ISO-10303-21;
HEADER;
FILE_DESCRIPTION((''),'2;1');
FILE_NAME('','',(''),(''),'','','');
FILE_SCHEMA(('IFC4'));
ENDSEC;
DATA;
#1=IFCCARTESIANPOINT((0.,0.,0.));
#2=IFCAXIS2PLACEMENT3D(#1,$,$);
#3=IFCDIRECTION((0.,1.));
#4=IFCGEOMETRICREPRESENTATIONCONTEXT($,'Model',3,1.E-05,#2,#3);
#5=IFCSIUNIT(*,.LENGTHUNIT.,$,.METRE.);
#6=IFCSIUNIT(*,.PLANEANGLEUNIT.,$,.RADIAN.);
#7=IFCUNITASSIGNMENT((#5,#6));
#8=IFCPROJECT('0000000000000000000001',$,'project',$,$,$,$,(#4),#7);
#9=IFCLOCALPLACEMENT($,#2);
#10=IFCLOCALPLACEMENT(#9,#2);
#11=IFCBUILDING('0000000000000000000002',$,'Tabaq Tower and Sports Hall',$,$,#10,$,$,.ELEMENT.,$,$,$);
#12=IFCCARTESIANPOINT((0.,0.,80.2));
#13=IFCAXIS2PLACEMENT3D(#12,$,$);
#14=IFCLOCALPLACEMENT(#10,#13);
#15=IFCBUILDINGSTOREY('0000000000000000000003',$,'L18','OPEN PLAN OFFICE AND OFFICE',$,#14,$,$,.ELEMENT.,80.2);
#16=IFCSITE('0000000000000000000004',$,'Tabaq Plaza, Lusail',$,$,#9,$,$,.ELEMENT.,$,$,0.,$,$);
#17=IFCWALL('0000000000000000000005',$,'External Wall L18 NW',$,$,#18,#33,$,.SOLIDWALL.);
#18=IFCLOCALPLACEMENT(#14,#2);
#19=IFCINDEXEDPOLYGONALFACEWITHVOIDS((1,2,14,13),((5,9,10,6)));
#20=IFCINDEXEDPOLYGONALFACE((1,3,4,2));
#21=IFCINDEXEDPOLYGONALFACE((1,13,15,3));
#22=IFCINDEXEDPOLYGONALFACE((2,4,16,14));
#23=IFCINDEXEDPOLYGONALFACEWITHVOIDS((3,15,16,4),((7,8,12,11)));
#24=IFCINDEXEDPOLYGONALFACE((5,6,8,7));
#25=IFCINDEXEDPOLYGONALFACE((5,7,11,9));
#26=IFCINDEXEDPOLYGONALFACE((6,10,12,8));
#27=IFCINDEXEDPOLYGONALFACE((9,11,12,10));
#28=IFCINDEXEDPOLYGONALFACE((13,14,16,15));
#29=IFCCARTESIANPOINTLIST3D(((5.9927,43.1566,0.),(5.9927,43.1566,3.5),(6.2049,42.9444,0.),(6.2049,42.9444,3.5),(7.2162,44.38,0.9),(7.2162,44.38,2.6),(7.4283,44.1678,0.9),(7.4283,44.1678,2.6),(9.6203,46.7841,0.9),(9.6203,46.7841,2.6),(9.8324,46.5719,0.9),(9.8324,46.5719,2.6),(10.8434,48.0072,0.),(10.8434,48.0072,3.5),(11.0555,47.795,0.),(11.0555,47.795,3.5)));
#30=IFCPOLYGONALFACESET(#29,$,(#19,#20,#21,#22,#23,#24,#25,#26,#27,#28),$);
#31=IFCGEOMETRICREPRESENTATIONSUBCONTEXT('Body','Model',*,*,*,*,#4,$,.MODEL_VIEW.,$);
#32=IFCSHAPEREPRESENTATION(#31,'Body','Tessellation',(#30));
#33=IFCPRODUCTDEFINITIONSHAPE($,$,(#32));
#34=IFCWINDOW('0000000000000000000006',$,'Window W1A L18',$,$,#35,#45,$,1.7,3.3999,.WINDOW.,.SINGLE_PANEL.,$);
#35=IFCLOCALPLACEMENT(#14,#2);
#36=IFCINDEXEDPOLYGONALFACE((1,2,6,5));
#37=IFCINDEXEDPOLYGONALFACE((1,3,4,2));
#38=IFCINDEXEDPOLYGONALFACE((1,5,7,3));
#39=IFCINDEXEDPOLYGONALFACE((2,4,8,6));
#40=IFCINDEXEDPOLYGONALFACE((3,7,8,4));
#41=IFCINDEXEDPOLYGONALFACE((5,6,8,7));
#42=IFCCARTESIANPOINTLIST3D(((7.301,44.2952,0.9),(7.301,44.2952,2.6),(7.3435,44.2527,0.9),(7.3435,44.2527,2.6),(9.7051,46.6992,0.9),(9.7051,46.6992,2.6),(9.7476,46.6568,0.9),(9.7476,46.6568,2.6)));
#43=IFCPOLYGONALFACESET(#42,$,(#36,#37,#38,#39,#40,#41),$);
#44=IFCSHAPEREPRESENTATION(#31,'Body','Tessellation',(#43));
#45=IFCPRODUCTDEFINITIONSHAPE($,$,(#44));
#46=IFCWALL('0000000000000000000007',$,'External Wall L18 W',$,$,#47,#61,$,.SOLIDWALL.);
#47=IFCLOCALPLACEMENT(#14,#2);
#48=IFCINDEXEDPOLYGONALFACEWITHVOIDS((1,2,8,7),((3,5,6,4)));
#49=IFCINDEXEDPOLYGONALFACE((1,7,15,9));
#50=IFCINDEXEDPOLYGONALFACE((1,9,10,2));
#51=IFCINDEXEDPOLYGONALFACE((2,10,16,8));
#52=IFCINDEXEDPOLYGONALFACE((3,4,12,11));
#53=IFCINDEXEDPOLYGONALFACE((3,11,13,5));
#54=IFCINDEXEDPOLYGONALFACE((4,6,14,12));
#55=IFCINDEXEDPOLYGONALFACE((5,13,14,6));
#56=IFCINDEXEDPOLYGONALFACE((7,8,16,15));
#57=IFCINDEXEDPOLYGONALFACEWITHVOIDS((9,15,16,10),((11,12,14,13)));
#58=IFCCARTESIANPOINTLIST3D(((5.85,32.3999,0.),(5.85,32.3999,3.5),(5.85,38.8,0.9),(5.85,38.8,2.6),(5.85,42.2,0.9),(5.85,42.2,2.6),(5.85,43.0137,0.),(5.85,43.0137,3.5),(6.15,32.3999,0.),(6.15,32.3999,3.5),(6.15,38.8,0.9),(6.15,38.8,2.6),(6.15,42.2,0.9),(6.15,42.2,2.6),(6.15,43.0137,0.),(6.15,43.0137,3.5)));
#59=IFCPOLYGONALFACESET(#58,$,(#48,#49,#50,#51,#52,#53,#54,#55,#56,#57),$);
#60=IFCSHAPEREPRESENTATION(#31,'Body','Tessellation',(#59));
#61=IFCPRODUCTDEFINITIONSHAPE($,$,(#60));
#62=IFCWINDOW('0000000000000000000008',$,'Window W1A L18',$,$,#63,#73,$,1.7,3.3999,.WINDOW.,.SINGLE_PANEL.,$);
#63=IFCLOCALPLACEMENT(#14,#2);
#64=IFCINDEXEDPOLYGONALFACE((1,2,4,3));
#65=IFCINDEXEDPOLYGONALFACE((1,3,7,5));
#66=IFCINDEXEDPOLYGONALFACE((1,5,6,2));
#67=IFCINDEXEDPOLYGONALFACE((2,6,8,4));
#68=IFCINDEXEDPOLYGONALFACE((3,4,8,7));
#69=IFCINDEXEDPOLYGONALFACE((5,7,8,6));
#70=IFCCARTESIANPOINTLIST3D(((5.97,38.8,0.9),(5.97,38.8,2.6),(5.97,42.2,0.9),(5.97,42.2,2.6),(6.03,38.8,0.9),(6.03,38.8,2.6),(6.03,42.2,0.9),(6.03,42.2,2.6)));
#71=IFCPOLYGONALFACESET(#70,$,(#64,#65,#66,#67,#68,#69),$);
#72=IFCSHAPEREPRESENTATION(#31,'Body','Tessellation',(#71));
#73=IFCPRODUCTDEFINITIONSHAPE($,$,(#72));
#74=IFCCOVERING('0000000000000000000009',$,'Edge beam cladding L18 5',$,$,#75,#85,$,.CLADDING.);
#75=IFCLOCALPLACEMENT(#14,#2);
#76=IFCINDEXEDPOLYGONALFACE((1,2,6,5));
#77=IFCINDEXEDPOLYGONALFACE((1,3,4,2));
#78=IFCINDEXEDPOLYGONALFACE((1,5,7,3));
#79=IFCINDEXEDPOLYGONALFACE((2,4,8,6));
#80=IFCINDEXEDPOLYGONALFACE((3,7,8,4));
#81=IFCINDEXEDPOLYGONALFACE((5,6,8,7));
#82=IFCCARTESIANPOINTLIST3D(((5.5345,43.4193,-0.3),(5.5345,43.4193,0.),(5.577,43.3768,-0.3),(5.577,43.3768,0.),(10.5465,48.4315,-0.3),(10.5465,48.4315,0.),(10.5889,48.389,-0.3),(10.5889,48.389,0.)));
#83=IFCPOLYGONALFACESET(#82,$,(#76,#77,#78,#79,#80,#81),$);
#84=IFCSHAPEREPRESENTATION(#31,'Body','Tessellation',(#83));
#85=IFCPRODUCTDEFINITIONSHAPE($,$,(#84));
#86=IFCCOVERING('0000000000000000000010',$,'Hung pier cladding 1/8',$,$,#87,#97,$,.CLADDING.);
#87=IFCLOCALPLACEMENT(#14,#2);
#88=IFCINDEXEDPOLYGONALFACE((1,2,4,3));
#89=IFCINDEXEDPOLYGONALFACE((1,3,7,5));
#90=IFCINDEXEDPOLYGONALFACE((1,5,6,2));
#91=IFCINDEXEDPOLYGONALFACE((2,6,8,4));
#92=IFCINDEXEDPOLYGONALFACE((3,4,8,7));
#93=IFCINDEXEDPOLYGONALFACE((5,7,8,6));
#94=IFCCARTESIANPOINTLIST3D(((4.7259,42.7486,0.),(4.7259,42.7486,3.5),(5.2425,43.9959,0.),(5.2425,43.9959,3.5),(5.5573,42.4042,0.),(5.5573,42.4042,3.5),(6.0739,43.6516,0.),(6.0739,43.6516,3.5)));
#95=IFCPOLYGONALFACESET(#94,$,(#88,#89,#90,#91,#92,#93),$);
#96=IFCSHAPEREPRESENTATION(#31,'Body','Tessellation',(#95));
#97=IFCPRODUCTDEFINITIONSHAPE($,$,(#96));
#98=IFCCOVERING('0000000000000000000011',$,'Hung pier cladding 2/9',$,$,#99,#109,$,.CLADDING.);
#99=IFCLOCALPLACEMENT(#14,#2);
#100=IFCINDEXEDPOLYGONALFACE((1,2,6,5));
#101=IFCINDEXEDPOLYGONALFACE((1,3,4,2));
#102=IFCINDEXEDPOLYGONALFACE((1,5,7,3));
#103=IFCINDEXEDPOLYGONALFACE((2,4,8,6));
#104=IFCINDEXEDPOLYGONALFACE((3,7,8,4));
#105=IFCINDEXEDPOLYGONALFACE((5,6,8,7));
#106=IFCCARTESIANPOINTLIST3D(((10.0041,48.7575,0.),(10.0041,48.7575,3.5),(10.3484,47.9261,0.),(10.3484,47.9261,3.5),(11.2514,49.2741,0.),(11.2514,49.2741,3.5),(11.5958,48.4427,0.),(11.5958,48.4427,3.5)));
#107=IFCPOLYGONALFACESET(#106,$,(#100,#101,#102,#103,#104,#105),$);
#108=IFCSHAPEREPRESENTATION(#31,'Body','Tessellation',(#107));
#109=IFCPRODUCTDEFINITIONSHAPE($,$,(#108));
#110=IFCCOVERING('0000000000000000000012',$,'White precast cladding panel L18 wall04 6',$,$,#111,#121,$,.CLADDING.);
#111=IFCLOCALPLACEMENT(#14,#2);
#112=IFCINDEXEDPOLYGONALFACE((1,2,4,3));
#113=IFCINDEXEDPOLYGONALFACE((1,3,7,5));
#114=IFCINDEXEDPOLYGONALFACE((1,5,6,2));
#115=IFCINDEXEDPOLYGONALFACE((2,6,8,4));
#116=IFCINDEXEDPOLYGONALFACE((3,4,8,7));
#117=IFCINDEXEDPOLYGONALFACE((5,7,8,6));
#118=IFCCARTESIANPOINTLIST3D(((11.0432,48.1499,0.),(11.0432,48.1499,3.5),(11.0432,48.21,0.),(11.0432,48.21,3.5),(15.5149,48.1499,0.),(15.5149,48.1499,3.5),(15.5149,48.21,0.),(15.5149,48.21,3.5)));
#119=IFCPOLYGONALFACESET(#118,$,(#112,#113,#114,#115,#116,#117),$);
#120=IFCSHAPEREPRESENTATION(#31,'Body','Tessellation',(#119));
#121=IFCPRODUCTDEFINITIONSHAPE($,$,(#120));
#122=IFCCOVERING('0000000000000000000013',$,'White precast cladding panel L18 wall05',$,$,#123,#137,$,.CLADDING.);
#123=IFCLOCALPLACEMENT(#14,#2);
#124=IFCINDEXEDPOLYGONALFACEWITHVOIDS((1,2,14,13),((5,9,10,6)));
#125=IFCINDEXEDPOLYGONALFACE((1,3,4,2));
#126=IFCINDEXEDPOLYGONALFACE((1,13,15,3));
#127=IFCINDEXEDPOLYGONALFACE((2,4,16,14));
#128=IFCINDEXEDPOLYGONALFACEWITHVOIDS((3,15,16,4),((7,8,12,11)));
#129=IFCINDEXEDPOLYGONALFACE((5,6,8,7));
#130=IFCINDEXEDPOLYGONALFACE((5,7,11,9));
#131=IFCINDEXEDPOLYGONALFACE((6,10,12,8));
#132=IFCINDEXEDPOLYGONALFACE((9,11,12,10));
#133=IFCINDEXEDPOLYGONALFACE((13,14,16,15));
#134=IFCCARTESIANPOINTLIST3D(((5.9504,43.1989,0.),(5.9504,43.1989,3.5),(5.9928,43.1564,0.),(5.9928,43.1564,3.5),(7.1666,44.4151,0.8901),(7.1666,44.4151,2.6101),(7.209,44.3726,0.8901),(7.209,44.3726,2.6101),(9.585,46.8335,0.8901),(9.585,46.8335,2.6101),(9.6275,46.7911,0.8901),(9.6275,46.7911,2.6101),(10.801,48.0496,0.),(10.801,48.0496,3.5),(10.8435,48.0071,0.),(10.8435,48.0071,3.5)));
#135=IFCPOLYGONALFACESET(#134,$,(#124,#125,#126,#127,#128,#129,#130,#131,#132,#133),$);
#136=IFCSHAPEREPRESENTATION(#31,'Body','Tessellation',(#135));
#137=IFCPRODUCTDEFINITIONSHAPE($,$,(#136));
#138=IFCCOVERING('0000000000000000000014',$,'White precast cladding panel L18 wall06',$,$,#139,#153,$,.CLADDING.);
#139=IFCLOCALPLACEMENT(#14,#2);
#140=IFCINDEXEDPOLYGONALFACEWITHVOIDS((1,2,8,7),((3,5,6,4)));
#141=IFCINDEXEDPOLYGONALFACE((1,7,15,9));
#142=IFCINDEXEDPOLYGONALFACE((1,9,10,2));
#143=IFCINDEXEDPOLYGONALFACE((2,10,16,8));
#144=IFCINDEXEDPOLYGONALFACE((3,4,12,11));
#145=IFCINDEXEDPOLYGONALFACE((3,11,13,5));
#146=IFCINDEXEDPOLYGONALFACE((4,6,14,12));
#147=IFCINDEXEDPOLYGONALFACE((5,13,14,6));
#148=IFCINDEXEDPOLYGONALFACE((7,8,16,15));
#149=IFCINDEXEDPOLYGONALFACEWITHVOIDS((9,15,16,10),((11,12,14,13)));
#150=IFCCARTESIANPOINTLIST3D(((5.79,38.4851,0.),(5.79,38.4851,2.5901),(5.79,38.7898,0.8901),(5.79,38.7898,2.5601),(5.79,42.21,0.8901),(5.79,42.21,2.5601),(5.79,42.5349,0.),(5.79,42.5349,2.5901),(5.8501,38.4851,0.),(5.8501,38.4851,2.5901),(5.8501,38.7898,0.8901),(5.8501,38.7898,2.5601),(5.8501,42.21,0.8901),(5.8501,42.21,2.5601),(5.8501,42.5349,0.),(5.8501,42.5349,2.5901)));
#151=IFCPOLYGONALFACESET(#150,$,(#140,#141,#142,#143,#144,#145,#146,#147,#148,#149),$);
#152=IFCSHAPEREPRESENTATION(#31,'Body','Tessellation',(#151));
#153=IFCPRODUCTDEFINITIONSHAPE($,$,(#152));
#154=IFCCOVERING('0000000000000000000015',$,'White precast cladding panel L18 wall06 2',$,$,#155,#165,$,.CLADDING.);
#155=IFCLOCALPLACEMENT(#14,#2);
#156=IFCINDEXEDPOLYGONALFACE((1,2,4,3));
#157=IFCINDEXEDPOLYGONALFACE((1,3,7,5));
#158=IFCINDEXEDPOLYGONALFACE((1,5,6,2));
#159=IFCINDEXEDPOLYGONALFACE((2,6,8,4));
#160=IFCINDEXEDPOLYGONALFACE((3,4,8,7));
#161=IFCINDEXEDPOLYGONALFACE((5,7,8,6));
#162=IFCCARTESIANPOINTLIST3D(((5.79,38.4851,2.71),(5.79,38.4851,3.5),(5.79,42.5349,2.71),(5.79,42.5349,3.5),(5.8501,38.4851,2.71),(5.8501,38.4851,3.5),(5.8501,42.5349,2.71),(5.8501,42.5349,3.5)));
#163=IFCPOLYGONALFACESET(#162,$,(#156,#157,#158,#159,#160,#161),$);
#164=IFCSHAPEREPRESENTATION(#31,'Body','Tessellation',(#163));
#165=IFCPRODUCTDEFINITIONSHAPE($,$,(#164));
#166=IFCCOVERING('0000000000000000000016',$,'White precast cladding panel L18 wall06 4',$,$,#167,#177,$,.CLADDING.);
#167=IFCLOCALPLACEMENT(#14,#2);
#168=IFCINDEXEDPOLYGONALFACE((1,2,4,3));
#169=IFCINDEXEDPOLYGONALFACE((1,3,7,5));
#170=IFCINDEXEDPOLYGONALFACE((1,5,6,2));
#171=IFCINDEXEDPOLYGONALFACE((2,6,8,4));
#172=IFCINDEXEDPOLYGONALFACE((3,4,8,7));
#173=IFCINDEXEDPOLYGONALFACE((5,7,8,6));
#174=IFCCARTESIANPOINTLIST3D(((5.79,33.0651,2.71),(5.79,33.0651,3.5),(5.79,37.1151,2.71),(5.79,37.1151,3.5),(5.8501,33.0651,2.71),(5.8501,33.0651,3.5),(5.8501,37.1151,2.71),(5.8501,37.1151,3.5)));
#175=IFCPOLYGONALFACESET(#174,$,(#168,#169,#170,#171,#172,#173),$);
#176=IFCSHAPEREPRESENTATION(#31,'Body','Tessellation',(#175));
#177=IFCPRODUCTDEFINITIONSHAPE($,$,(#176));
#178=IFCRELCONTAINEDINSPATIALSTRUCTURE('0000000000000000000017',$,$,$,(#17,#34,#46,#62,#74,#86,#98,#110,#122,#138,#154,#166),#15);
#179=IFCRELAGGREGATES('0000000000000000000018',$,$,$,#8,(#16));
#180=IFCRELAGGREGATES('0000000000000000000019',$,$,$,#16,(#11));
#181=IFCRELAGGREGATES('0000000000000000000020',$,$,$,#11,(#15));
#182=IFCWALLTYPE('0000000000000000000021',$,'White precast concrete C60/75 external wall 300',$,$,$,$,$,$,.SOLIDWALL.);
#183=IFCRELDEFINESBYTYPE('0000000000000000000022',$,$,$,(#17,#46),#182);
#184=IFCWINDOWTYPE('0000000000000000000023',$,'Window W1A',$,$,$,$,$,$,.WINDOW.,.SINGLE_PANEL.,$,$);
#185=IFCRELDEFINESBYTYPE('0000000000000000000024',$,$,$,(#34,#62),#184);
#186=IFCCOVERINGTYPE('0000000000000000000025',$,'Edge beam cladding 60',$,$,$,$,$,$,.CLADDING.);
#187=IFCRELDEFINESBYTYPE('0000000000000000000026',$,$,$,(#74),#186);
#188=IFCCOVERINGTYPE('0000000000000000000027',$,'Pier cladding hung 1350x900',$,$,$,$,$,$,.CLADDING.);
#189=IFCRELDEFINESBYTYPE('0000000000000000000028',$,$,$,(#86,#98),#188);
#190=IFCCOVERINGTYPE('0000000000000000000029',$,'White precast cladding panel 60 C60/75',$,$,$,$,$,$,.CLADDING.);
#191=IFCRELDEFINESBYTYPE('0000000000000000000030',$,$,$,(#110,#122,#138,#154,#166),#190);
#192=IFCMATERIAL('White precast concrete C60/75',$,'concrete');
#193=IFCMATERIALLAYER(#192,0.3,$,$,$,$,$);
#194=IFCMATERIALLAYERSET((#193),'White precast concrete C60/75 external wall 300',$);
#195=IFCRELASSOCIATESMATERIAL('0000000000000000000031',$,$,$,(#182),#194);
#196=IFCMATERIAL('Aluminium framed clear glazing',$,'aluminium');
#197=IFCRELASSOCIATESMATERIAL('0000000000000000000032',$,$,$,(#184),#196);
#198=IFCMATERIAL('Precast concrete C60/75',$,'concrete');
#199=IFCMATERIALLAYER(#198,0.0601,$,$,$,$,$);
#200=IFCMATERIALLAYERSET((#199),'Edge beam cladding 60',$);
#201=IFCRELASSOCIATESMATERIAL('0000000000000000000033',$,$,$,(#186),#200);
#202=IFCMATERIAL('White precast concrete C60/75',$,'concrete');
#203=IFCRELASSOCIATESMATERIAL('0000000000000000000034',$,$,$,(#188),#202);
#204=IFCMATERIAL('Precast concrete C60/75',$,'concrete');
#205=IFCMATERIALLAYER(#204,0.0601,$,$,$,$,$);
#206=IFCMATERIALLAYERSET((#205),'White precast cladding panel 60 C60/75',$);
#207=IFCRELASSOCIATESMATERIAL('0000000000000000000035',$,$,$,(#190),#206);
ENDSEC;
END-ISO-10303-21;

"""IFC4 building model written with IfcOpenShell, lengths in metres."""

from ifc_helpers import new_model, si_unit, direction, frame, frame_2d, origin, place, context, subcontext, project, spatial, polyline, rectangle, outline, extrude, material, layer, layer_set, type_object, element, fill, save


model = new_model("IFC4")

# Units and contexts
model_context = context("Model", 3, precision=1e-05, world=origin(), true_north=direction((0.0, 1.0)))
body_context = subcontext(model_context, "Body", "Model", "MODEL_VIEW")
ifc_project = project(units=[si_unit("LENGTHUNIT", "METRE"), si_unit("PLANEANGLEUNIT", "RADIAN")], contexts=[model_context])

# Site, building, storey
site_placement = place(None, origin())
site = spatial("IfcSite", under=ifc_project, at=site_placement, Name="Tabaq Plaza, Lusail", CompositionType="ELEMENT", RefElevation=0.0)
building_placement = place(site_placement, origin())
building = spatial("IfcBuilding", under=site, at=building_placement, Name="Tabaq Tower and Sports Hall", CompositionType="ELEMENT")
storey_placement = place(building_placement, frame((0.0, 0.0, 80.2)))
storey = spatial("IfcBuildingStorey", under=building, at=storey_placement, Name="L18", Description="OPEN PLAN OFFICE AND OFFICE", CompositionType="ELEMENT", Elevation=80.2)

# Walls, openings, windows
ifc_material_1 = material(Name="White precast concrete C60/75", Category="concrete")
ifc_layer_1 = layer(ifc_material_1, 0.3)
ifc_layer_set_1 = layer_set([ifc_layer_1], Name="White precast concrete C60/75 external wall 300")
wall_type_1 = type_object("IfcWallType", Name="White precast concrete C60/75 external wall 300", PredefinedType="SOLIDWALL", material=ifc_layer_set_1)
wall_1_placement = place(storey_placement, frame((10.9495, 47.9011, 0.0), z_axis=(0.0, 0.0, 1.0), x_axis=(-0.707107, -0.707107, 0.0)))
wall_1 = element("IfcWall", 1, at=wall_1_placement, inside=storey, type_object=wall_type_1, Name="External Wall L18 NW", PredefinedType="SOLIDWALL", context=body_context, shape_type="SweptSolid", body=[
    extrude(rectangle(XDim=6.8599, YDim=0.3, at=frame_2d((3.4299, 0.0))), origin(), (0.0, 0.0, 1.0), 3.5),
])
opening_1_placement = place(wall_1_placement, frame((1.7297, 0.0, 0.8999)))
opening_1 = element("IfcOpeningElement", 2, at=opening_1_placement, cuts=wall_1, PredefinedType="OPENING", context=body_context, shape_type="SweptSolid", body=[
    extrude(rectangle(XDim=3.3999, YDim=1.7, at=frame_2d((1.7, 0.8501))), frame((0.0, 0.1602, 0.0), z_axis=(0.0, -1.0, 0.0), x_axis=(1.0, 0.0, 0.0)), (0.0, 0.0, 1.0), 0.3201),
])
ifc_material_2 = material(Name="Aluminium framed clear glazing", Category="aluminium")
window_type = type_object("IfcWindowType", Name="Window W1A", PartitioningType="SINGLE_PANEL", PredefinedType="WINDOW", material=ifc_material_2)
window_1_placement = place(opening_1_placement, origin())
window_1 = element("IfcWindow", 3, at=window_1_placement, inside=storey, type_object=window_type, Name="Window W1A L18", OverallHeight=1.7, OverallWidth=3.3999, PartitioningType="SINGLE_PANEL", PredefinedType="WINDOW", context=body_context, shape_type="SweptSolid", body=[
    extrude(rectangle(XDim=3.3999, YDim=1.7, at=frame_2d((1.7, 0.8501))), frame((0.0, 0.03, 0.0), z_axis=(0.0, -1.0, 0.0), x_axis=(1.0, 0.0, 0.0)), (0.0, 0.0, 1.0), 0.0601),
])
fill(opening_1, window_1)
wall_2_placement = place(storey_placement, frame((6.0, 43.0137, 0.0), z_axis=(0.0, 0.0, 1.0), x_axis=(0.0, -1.0, 0.0)))
wall_2 = element("IfcWall", 4, at=wall_2_placement, inside=storey, type_object=wall_type_1, Name="External Wall L18 W", PredefinedType="SOLIDWALL", context=body_context, shape_type="SweptSolid", body=[
    extrude(rectangle(XDim=10.6138, YDim=0.3, at=frame_2d((5.3069, 0.0))), origin(), (0.0, 0.0, 1.0), 3.5),
])
opening_2_placement = place(wall_2_placement, frame((0.8137, 0.0, 0.8999)))
opening_2 = element("IfcOpeningElement", 5, at=opening_2_placement, cuts=wall_2, PredefinedType="OPENING", context=body_context, shape_type="SweptSolid", body=[
    extrude(rectangle(XDim=3.3999, YDim=1.7, at=frame_2d((1.7, 0.8501))), frame((0.0, 0.1602, 0.0), z_axis=(0.0, -1.0, 0.0), x_axis=(1.0, 0.0, 0.0)), (0.0, 0.0, 1.0), 0.3201),
])
window_2_placement = place(opening_2_placement, origin())
window_2 = element("IfcWindow", 6, at=window_2_placement, inside=storey, type_object=window_type, Name="Window W1A L18", OverallHeight=1.7, OverallWidth=3.3999, PartitioningType="SINGLE_PANEL", PredefinedType="WINDOW", context=body_context, shape_type="SweptSolid", body=[
    extrude(rectangle(XDim=3.3999, YDim=1.7, at=frame_2d((1.7, 0.8501))), frame((0.0, 0.03, 0.0), z_axis=(0.0, -1.0, 0.0), x_axis=(1.0, 0.0, 0.0)), (0.0, 0.0, 1.0), 0.0601),
])
fill(opening_2, window_2)

# Coverings
ifc_material_3 = material(Name="Precast concrete C60/75", Category="concrete")
ifc_layer_2 = layer(ifc_material_3, 0.0601)
ifc_layer_set_2 = layer_set([ifc_layer_2], Name="Edge beam cladding 60")
covering_type_1 = type_object("IfcCoveringType", Name="Edge beam cladding 60", PredefinedType="CLADDING", material=ifc_layer_set_2)
covering_1_placement = place(storey_placement, frame((10.5676, 48.4102, -0.3), z_axis=(0.0, 0.0, 1.0), x_axis=(-0.70709, -0.707124, 0.0)))
element("IfcCovering", 7, at=covering_1_placement, inside=storey, type_object=covering_type_1, Name="Edge beam cladding L18 5", PredefinedType="CLADDING", context=body_context, shape_type="SweptSolid", body=[
    extrude(rectangle(XDim=7.0881, YDim=0.0601, at=frame_2d((3.5439, 0.0))), origin(), (0.0, 0.0, 1.0), 0.3),
])
ifc_material_4 = material(Name="White precast concrete C60/75", Category="concrete")
covering_type_2 = type_object("IfcCoveringType", Name="Pier cladding hung 1350x900", PredefinedType="CLADDING", material=ifc_material_4)
for number, where, z_axis, x_axis, name in (
    (8, (5.6582, 43.8237, 0.0), (0.0, 0.0, 1.0), (-0.38265, -0.923893, 0.0), "Hung pier cladding 1/8"),
    (9, (11.4236, 48.8584, 0.0), (0.0, 0.0, 1.0), (-0.923893, -0.38265, 0.0), "Hung pier cladding 2/9"),
):
    element("IfcCovering", number, at=place(storey_placement, frame(where, z_axis=z_axis, x_axis=x_axis)), inside=storey, type_object=covering_type_2, Name=name, PredefinedType="CLADDING", context=body_context, shape_type="SweptSolid", body=[
        extrude(rectangle(XDim=1.3501, YDim=0.8999, at=frame_2d((0.675, 0.0))), origin(), (0.0, 0.0, 1.0), 3.5),
    ])
ifc_material_5 = material(Name="Precast concrete C60/75", Category="concrete")
ifc_layer_3 = layer(ifc_material_5, 0.0601)
ifc_layer_set_3 = layer_set([ifc_layer_3], Name="White precast cladding panel 60 C60/75")
covering_type_3 = type_object("IfcCoveringType", Name="White precast cladding panel 60 C60/75", PredefinedType="CLADDING", material=ifc_layer_set_3)
covering_2_placement = place(storey_placement, frame((15.5149, 48.1799, 0.0), z_axis=(0.0, 0.0, 1.0), x_axis=(-1.0, 0.0, 0.0)))
element("IfcCovering", 10, at=covering_2_placement, inside=storey, type_object=covering_type_3, Name="White precast cladding panel L18 wall04 6", PredefinedType="CLADDING", context=body_context, shape_type="SweptSolid", body=[
    extrude(rectangle(XDim=4.4717, YDim=0.0601, at=frame_2d((2.2358, 0.0))), origin(), (0.0, 0.0, 1.0), 3.5),
])
covering_3_placement = place(storey_placement, frame((10.8223, 48.0283, 0.0), z_axis=(0.0, 0.0, 1.0), x_axis=(-0.707107, -0.707107, 0.0)))
element("IfcCovering", 11, at=covering_3_placement, inside=storey, type_object=covering_type_3, Name="White precast cladding panel L18 wall05", PredefinedType="CLADDING", context=body_context, shape_type="SweptSolid", body=[
    extrude(outline(polyline([(0.0, 0.0), (6.8599, 0.0), (6.8599, 3.5), (0.0, 3.5), (0.0, 0.0)]), holes=[polyline([(1.7197, 0.8901), (1.7197, 2.6101), (5.1399, 2.6101), (5.1399, 0.8901), (1.7197, 0.8901)])]), frame((0.0, 0.03, 0.0), z_axis=(0.0, -1.0, 0.0), x_axis=(1.0, 0.0, 0.0)), (0.0, 0.0, 1.0), 0.0601),
])
covering_4_placement = place(storey_placement, frame((5.8201, 42.5349, 0.0), z_axis=(0.0, 0.0, 1.0), x_axis=(0.0, -1.0, 0.0)))
element("IfcCovering", 12, at=covering_4_placement, inside=storey, type_object=covering_type_3, Name="White precast cladding panel L18 wall06", PredefinedType="CLADDING", context=body_context, shape_type="SweptSolid", body=[
    extrude(outline(polyline([(0.0, 0.0), (4.0498, 0.0), (4.0498, 2.5901), (0.0, 2.5901), (0.0, 0.0)]), holes=[polyline([(3.7451, 0.8901), (0.325, 0.8901), (0.325, 2.5601), (3.7451, 2.5601), (3.7451, 0.8901)])]), frame((0.0, 0.03, 0.0), z_axis=(0.0, -1.0, 0.0), x_axis=(1.0, 0.0, 0.0)), (0.0, 0.0, 1.0), 0.0601),
])
covering_5_placement = place(storey_placement, frame((5.8201, 42.5349, 2.71), z_axis=(0.0, 0.0, 1.0), x_axis=(0.0, -1.0, 0.0)))
element("IfcCovering", 13, at=covering_5_placement, inside=storey, type_object=covering_type_3, Name="White precast cladding panel L18 wall06 2", PredefinedType="CLADDING", context=body_context, shape_type="SweptSolid", body=[
    extrude(rectangle(XDim=4.0498, YDim=0.0601, at=frame_2d((2.0249, 0.0))), origin(), (0.0, 0.0, 1.0), 0.79),
])
covering_6_placement = place(storey_placement, frame((5.8201, 37.115, 2.71), z_axis=(0.0, 0.0, 1.0), x_axis=(0.0, -1.0, 0.0)))
element("IfcCovering", 14, at=covering_6_placement, inside=storey, type_object=covering_type_3, Name="White precast cladding panel L18 wall06 4", PredefinedType="CLADDING", context=body_context, shape_type="SweptSolid", body=[
    extrude(rectangle(XDim=4.05, YDim=0.0601, at=frame_2d((2.0249, 0.0))), origin(), (0.0, 0.0, 1.0), 0.79),
])

save(model, "model.ifc")
